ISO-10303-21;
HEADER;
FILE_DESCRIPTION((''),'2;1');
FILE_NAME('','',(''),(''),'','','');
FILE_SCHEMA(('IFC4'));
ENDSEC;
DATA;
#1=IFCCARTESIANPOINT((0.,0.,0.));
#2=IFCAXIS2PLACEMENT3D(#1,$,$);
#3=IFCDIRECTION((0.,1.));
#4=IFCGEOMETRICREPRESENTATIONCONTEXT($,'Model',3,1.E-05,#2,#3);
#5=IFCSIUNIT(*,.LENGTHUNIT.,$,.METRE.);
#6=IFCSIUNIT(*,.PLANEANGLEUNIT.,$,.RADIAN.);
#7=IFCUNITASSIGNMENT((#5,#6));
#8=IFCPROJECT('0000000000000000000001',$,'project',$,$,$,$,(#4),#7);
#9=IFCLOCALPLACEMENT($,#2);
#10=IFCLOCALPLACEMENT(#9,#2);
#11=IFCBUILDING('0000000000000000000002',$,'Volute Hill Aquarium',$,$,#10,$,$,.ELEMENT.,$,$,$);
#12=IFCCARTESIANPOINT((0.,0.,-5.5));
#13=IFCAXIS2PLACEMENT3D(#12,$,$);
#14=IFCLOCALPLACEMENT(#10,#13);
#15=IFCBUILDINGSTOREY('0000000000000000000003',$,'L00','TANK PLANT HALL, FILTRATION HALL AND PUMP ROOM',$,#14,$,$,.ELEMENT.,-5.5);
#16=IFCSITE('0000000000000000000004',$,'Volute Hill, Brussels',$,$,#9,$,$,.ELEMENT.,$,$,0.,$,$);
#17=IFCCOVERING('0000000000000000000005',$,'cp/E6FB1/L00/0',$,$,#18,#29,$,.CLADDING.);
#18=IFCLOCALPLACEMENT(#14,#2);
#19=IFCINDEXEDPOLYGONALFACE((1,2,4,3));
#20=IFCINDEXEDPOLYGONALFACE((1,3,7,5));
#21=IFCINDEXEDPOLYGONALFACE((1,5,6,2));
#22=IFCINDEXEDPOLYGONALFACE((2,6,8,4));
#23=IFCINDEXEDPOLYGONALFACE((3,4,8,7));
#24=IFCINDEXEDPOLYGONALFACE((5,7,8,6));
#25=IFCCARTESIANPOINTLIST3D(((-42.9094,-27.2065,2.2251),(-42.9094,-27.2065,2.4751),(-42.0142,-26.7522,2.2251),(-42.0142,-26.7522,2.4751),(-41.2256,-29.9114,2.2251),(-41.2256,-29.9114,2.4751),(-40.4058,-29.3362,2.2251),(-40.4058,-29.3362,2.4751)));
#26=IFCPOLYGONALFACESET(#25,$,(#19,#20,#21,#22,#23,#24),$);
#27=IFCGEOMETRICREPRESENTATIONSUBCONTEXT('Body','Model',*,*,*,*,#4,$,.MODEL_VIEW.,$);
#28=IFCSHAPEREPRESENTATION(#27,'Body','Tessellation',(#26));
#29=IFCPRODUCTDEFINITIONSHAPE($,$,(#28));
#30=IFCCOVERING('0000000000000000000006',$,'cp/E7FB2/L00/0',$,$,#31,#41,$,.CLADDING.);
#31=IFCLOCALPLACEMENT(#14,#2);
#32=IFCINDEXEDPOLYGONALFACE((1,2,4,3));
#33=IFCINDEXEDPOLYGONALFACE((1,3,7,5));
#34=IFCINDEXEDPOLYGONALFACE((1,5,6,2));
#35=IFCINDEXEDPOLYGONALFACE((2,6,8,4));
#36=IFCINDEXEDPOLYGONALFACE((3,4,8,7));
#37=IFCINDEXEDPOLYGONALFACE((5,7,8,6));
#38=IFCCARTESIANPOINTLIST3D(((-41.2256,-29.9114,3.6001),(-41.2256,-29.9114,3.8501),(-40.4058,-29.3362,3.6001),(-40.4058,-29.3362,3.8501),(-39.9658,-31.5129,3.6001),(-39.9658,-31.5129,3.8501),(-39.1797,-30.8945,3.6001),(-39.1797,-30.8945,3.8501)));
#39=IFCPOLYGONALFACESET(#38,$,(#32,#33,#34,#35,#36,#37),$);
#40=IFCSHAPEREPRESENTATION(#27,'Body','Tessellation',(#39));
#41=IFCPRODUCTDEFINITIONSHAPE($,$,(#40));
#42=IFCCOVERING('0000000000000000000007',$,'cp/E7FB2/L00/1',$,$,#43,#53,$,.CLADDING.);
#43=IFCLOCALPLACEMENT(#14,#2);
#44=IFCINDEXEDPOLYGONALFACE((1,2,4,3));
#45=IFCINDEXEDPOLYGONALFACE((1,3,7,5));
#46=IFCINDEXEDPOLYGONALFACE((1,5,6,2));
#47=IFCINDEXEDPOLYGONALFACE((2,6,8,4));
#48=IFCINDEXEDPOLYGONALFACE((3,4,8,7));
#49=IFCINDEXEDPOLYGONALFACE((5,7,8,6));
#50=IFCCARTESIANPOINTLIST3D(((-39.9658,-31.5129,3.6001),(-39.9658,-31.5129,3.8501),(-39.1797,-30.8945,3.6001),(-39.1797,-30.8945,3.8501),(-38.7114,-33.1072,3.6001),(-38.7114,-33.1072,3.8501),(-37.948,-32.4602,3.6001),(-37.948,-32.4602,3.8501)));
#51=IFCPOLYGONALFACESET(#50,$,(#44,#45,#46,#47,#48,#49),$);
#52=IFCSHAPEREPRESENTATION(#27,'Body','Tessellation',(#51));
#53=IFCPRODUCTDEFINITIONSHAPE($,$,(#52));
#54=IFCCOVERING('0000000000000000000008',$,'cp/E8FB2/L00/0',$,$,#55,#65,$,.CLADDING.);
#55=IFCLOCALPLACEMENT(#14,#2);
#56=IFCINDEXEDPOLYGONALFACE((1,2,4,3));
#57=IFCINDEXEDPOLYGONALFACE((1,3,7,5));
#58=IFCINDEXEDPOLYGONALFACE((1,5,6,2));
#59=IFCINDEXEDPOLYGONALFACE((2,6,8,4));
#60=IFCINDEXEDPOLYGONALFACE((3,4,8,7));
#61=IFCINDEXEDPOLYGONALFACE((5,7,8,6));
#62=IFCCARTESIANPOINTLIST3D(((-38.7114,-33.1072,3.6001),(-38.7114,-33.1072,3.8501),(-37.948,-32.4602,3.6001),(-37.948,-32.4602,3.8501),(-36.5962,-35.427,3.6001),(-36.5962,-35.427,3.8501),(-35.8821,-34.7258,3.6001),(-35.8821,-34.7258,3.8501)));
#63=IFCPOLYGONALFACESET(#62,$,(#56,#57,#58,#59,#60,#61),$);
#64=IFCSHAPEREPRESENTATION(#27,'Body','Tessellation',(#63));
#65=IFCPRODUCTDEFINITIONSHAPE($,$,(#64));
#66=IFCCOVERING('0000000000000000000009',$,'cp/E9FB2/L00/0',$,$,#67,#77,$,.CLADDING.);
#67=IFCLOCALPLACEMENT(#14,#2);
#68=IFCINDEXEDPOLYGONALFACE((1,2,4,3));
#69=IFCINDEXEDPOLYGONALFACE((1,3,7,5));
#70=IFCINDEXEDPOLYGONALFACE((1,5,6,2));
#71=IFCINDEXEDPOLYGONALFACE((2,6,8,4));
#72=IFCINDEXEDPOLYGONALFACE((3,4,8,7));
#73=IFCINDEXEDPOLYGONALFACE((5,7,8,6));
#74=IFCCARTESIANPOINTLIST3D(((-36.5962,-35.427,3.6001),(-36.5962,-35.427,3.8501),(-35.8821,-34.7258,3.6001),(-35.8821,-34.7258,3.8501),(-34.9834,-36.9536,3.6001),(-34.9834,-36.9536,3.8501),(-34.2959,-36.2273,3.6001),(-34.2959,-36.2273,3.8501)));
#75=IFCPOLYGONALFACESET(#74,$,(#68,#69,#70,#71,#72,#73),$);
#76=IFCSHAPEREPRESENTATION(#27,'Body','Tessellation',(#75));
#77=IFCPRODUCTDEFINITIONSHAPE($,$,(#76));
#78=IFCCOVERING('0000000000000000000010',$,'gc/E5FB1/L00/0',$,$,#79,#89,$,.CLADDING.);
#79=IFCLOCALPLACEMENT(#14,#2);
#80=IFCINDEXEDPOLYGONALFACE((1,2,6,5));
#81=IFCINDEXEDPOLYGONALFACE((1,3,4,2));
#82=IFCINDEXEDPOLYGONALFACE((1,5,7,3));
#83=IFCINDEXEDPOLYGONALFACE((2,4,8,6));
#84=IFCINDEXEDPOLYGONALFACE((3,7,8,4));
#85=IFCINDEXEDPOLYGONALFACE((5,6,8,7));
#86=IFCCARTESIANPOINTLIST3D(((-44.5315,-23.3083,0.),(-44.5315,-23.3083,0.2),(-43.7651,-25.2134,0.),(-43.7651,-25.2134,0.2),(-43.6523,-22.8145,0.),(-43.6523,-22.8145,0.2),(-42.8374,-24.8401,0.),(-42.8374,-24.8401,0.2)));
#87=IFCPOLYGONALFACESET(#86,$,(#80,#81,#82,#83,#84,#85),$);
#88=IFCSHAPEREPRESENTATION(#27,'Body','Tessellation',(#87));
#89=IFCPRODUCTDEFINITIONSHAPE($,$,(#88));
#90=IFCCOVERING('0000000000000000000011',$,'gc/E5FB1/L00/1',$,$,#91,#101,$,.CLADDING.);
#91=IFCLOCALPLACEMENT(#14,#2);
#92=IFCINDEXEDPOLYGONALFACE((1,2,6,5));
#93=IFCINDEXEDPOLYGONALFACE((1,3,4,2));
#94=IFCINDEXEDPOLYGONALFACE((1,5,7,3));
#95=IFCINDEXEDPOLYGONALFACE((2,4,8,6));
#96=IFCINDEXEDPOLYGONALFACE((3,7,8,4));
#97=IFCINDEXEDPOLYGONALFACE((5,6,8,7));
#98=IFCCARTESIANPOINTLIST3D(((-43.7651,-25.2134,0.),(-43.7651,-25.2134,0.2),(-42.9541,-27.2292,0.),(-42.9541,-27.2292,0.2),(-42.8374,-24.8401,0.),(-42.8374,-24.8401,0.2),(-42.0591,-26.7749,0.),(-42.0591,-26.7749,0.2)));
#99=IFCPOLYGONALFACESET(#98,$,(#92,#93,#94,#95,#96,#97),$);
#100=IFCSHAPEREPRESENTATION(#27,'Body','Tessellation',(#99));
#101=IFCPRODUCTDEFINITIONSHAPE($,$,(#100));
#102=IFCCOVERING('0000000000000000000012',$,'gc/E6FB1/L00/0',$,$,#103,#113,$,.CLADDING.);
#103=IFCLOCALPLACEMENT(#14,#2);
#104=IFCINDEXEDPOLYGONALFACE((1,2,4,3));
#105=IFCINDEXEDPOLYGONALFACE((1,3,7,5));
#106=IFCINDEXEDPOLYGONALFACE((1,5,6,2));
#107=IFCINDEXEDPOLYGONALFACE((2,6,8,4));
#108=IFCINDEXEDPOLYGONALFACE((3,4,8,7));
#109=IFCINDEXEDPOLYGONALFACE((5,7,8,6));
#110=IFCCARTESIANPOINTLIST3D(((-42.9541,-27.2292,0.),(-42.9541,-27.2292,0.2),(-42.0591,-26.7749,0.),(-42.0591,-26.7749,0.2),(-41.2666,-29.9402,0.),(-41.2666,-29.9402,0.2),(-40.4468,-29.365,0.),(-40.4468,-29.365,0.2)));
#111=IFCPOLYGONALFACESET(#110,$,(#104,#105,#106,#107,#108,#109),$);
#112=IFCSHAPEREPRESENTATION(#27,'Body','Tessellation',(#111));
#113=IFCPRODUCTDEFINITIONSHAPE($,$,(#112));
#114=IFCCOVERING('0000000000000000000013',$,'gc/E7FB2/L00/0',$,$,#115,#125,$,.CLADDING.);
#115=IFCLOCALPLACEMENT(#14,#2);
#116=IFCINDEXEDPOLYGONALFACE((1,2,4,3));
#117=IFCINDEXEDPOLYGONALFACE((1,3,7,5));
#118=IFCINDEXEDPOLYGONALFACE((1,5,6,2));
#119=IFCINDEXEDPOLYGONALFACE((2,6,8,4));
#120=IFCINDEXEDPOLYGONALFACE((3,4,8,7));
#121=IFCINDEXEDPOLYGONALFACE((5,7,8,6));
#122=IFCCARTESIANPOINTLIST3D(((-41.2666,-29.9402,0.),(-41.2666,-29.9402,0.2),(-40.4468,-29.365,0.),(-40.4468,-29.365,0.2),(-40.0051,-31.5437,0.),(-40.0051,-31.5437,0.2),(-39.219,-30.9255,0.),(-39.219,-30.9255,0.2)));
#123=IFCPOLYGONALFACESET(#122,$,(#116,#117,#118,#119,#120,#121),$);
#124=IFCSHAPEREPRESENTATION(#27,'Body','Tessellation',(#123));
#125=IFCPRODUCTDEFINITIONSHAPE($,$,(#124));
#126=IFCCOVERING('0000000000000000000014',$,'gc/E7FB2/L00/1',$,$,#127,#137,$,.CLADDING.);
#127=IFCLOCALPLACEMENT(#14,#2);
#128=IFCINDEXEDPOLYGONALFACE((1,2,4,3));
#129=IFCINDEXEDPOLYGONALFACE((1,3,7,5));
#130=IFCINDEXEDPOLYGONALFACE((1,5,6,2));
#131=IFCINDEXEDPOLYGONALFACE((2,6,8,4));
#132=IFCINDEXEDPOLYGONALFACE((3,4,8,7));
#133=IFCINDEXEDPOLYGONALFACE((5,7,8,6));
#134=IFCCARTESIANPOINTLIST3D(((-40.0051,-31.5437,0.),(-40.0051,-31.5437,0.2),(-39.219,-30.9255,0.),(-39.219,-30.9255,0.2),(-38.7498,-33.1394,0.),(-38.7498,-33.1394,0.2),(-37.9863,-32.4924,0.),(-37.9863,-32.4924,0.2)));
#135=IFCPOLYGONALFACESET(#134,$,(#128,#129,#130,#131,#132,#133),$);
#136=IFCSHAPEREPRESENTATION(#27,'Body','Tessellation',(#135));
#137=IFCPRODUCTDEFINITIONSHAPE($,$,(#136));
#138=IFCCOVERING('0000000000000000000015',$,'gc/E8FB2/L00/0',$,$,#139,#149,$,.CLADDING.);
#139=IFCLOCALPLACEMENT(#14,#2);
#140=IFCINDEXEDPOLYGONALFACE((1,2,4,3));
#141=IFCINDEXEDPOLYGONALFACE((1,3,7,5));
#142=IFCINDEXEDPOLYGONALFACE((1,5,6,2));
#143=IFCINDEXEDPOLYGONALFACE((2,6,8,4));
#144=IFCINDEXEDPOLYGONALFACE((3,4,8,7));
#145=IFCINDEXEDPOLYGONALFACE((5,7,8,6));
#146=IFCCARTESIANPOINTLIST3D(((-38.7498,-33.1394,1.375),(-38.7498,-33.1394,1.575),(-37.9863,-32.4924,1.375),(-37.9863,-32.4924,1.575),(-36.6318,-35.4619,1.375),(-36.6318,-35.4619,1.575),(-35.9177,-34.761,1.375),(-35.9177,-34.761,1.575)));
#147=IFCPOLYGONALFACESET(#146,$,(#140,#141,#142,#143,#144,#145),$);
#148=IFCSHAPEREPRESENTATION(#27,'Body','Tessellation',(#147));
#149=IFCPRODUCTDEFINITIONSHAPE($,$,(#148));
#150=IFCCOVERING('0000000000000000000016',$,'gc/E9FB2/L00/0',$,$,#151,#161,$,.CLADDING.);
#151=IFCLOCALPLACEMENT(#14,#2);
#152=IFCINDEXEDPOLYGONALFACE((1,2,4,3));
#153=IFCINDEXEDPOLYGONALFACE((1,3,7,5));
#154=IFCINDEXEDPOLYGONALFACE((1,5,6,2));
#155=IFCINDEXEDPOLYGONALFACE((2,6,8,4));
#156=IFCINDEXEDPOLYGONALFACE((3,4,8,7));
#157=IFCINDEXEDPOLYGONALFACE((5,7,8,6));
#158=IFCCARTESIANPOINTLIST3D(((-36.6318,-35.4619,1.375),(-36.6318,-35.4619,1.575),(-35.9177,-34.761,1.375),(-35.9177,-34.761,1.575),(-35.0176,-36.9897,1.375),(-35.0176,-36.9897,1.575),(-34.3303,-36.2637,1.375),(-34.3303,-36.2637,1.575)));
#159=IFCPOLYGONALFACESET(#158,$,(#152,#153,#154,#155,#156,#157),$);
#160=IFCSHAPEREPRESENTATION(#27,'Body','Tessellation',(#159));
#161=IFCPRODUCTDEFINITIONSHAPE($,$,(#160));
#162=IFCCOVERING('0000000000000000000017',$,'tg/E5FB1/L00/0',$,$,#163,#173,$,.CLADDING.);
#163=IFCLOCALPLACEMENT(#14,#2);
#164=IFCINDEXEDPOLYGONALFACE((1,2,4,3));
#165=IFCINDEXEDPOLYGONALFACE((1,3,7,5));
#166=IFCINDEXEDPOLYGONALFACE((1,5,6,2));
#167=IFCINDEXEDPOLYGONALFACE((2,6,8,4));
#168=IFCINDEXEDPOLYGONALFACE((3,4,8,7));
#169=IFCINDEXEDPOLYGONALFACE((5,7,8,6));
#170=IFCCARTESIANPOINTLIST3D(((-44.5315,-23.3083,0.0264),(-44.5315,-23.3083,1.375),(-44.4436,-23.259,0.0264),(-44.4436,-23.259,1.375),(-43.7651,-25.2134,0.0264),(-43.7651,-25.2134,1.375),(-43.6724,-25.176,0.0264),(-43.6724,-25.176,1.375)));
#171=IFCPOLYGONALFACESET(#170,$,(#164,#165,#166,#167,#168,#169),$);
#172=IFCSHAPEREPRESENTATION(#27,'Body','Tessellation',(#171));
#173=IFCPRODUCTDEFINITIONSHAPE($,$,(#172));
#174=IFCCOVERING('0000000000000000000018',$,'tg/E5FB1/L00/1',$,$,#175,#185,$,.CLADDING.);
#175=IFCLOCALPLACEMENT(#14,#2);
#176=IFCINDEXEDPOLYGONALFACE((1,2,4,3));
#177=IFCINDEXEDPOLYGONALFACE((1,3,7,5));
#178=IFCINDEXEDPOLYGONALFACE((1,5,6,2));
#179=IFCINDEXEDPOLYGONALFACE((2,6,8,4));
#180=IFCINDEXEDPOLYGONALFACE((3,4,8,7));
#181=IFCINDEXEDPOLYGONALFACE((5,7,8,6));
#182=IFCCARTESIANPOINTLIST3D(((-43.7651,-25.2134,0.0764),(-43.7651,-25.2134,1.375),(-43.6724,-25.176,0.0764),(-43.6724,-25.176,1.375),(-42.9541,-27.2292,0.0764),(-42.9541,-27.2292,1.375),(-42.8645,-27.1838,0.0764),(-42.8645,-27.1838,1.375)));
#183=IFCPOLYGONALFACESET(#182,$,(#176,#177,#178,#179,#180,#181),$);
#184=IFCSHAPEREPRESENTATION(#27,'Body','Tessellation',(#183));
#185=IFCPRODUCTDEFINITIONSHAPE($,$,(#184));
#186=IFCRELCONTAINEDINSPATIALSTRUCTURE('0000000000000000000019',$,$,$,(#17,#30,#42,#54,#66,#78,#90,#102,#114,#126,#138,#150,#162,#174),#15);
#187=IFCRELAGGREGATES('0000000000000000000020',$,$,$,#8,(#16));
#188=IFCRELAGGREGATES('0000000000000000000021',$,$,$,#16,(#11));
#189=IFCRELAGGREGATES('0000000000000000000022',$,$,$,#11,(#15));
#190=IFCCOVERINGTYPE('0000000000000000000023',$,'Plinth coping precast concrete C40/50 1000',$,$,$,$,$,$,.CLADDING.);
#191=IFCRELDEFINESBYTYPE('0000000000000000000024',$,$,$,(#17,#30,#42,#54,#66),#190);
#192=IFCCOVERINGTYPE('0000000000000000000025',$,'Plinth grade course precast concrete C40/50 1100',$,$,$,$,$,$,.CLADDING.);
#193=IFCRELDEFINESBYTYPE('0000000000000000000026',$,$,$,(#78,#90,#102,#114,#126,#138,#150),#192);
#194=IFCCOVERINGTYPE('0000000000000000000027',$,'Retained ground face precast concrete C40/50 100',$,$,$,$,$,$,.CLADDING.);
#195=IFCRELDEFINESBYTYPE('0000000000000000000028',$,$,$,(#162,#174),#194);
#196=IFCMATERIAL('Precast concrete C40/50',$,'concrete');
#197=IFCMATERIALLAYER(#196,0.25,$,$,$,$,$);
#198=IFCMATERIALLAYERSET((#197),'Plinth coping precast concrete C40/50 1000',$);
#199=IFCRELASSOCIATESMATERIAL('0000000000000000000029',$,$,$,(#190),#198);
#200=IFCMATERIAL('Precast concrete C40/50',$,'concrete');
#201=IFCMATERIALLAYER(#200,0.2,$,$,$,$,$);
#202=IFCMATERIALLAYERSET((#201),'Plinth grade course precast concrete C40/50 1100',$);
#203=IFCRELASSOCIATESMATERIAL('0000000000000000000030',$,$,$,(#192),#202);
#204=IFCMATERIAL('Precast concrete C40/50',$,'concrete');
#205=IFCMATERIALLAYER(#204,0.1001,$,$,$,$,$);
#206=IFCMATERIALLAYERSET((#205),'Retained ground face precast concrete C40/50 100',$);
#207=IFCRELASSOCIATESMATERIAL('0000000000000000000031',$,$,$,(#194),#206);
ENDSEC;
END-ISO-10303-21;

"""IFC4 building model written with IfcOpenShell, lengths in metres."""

from ifc_helpers import new_model, si_unit, direction, frame, origin, place, context, subcontext, project, spatial, polyline, outline, extrude, material, layer, layer_set, type_object, element, save


model = new_model("IFC4")

# Units and contexts
model_context = context("Model", 3, precision=1e-05, world=origin(), true_north=direction((0.0, 1.0)))
body_context = subcontext(model_context, "Body", "Model", "MODEL_VIEW")
ifc_project = project(units=[si_unit("LENGTHUNIT", "METRE"), si_unit("PLANEANGLEUNIT", "RADIAN")], contexts=[model_context])

# Site, building, storey
site_placement = place(None, origin())
site = spatial("IfcSite", under=ifc_project, at=site_placement, Name="Volute Hill, Brussels", CompositionType="ELEMENT", RefElevation=0.0)
building_placement = place(site_placement, origin())
building = spatial("IfcBuilding", under=site, at=building_placement, Name="Volute Hill Aquarium", CompositionType="ELEMENT")
storey_placement = place(building_placement, frame((0.0, 0.0, -5.5)))
storey = spatial("IfcBuildingStorey", under=building, at=storey_placement, Name="L00", Description="TANK PLANT HALL, FILTRATION HALL AND PUMP ROOM", CompositionType="ELEMENT", Elevation=-5.5)

# Coverings
ifc_material_1 = material(Name="Precast concrete C40/50", Category="concrete")
ifc_layer_1 = layer(ifc_material_1, 0.25)
ifc_layer_set_1 = layer_set([ifc_layer_1], Name="Plinth coping precast concrete C40/50 1000")
covering_type_1 = type_object("IfcCoveringType", Name="Plinth coping precast concrete C40/50 1000", PredefinedType="CLADDING", material=ifc_layer_set_1)
covering_1_placement = place(storey_placement, frame((0.0, 0.0, 2.2251)))
element("IfcCovering", 1, at=covering_1_placement, inside=storey, type_object=covering_type_1, Name="cp/E6FB1/L00/0", PredefinedType="CLADDING", context=body_context, shape_type="SweptSolid", body=[
    extrude(outline(polyline([(-42.9094, -27.2065), (-41.2256, -29.9114), (-40.4058, -29.3362), (-42.0142, -26.7522), (-42.0142, -26.7522), (-42.9094, -27.2065), (-42.9094, -27.2065)])), origin(), (0.0, 0.0, 1.0), 0.25),
])
covering_2_placement = place(storey_placement, frame((0.0, 0.0, 3.6001)))
element("IfcCovering", 2, at=covering_2_placement, inside=storey, type_object=covering_type_1, Name="cp/E7FB2/L00/0", PredefinedType="CLADDING", context=body_context, shape_type="SweptSolid", body=[
    extrude(outline(polyline([(-41.2256, -29.9114), (-39.9658, -31.5129), (-39.1797, -30.8945), (-40.4058, -29.3362), (-40.4058, -29.3362), (-41.2256, -29.9114)])), origin(), (0.0, 0.0, 1.0), 0.25),
])
covering_3_placement = place(storey_placement, frame((0.0, 0.0, 3.6001)))
element("IfcCovering", 3, at=covering_3_placement, inside=storey, type_object=covering_type_1, Name="cp/E7FB2/L00/1", PredefinedType="CLADDING", context=body_context, shape_type="SweptSolid", body=[
    extrude(outline(polyline([(-39.9658, -31.5129), (-38.7114, -33.1072), (-37.948, -32.4602), (-37.948, -32.4602), (-39.1797, -30.8945), (-39.9658, -31.5129)])), origin(), (0.0, 0.0, 1.0), 0.25),
])
covering_4_placement = place(storey_placement, frame((0.0, 0.0, 3.6001)))
element("IfcCovering", 4, at=covering_4_placement, inside=storey, type_object=covering_type_1, Name="cp/E8FB2/L00/0", PredefinedType="CLADDING", context=body_context, shape_type="SweptSolid", body=[
    extrude(outline(polyline([(-36.5962, -35.427), (-36.5962, -35.427), (-35.8821, -34.7258), (-37.948, -32.4602), (-38.7114, -33.1072), (-38.7114, -33.1072), (-36.5962, -35.427)])), origin(), (0.0, 0.0, 1.0), 0.25),
])
covering_5_placement = place(storey_placement, frame((0.0, 0.0, 3.6001)))
element("IfcCovering", 5, at=covering_5_placement, inside=storey, type_object=covering_type_1, Name="cp/E9FB2/L00/0", PredefinedType="CLADDING", context=body_context, shape_type="SweptSolid", body=[
    extrude(outline(polyline([(-36.5962, -35.427), (-34.9834, -36.9536), (-34.2959, -36.2273), (-35.8821, -34.7258), (-35.8821, -34.7258), (-36.5962, -35.427)])), origin(), (0.0, 0.0, 1.0), 0.25),
])
ifc_material_2 = material(Name="Precast concrete C40/50", Category="concrete")
ifc_layer_2 = layer(ifc_material_2, 0.2)
ifc_layer_set_2 = layer_set([ifc_layer_2], Name="Plinth grade course precast concrete C40/50 1100")
covering_type_2 = type_object("IfcCoveringType", Name="Plinth grade course precast concrete C40/50 1100", PredefinedType="CLADDING", material=ifc_layer_set_2)
covering_6_placement = place(storey_placement, origin())
element("IfcCovering", 6, at=covering_6_placement, inside=storey, type_object=covering_type_2, Name="gc/E5FB1/L00/0", PredefinedType="CLADDING", context=body_context, shape_type="SweptSolid", body=[
    extrude(outline(polyline([(-44.5315, -23.3083), (-43.7651, -25.2134), (-42.8374, -24.8401), (-43.6523, -22.8145), (-44.5315, -23.3083), (-44.5315, -23.3083)])), origin(), (0.0, 0.0, 1.0), 0.2),
])
covering_7_placement = place(storey_placement, origin())
element("IfcCovering", 7, at=covering_7_placement, inside=storey, type_object=covering_type_2, Name="gc/E5FB1/L00/1", PredefinedType="CLADDING", context=body_context, shape_type="SweptSolid", body=[
    extrude(outline(polyline([(-43.7651, -25.2134), (-42.9541, -27.2292), (-42.0591, -26.7749), (-42.8374, -24.8401), (-43.7651, -25.2134)])), origin(), (0.0, 0.0, 1.0), 0.2),
])
covering_8_placement = place(storey_placement, origin())
element("IfcCovering", 8, at=covering_8_placement, inside=storey, type_object=covering_type_2, Name="gc/E6FB1/L00/0", PredefinedType="CLADDING", context=body_context, shape_type="SweptSolid", body=[
    extrude(outline(polyline([(-42.9541, -27.2292), (-41.2666, -29.9402), (-40.4468, -29.365), (-42.0591, -26.7749), (-42.0591, -26.7749), (-42.9541, -27.2292), (-42.9541, -27.2292)])), origin(), (0.0, 0.0, 1.0), 0.2),
])
covering_9_placement = place(storey_placement, origin())
element("IfcCovering", 9, at=covering_9_placement, inside=storey, type_object=covering_type_2, Name="gc/E7FB2/L00/0", PredefinedType="CLADDING", context=body_context, shape_type="SweptSolid", body=[
    extrude(outline(polyline([(-41.2666, -29.9402), (-40.0051, -31.5437), (-39.219, -30.9255), (-40.4468, -29.365), (-40.4468, -29.365), (-41.2666, -29.9402)])), origin(), (0.0, 0.0, 1.0), 0.2),
])
covering_10_placement = place(storey_placement, origin())
element("IfcCovering", 10, at=covering_10_placement, inside=storey, type_object=covering_type_2, Name="gc/E7FB2/L00/1", PredefinedType="CLADDING", context=body_context, shape_type="SweptSolid", body=[
    extrude(outline(polyline([(-40.0051, -31.5437), (-38.7498, -33.1394), (-37.9863, -32.4924), (-39.219, -30.9255), (-40.0051, -31.5437)])), origin(), (0.0, 0.0, 1.0), 0.2),
])
covering_11_placement = place(storey_placement, frame((0.0, 0.0, 1.375)))
element("IfcCovering", 11, at=covering_11_placement, inside=storey, type_object=covering_type_2, Name="gc/E8FB2/L00/0", PredefinedType="CLADDING", context=body_context, shape_type="SweptSolid", body=[
    extrude(outline(polyline([(-36.6318, -35.4619), (-36.6318, -35.4619), (-35.9177, -34.761), (-35.9177, -34.761), (-37.9863, -32.4924), (-38.7498, -33.1394), (-38.7498, -33.1394), (-36.6318, -35.4619)])), origin(), (0.0, 0.0, 1.0), 0.2),
])
covering_12_placement = place(storey_placement, frame((0.0, 0.0, 1.375)))
element("IfcCovering", 12, at=covering_12_placement, inside=storey, type_object=covering_type_2, Name="gc/E9FB2/L00/0", PredefinedType="CLADDING", context=body_context, shape_type="SweptSolid", body=[
    extrude(outline(polyline([(-36.6318, -35.4619), (-35.0176, -36.9897), (-34.3303, -36.2637), (-35.9177, -34.761), (-36.6318, -35.4619)])), origin(), (0.0, 0.0, 1.0), 0.2),
])
ifc_material_3 = material(Name="Precast concrete C40/50", Category="concrete")
ifc_layer_3 = layer(ifc_material_3, 0.1001)
ifc_layer_set_3 = layer_set([ifc_layer_3], Name="Retained ground face precast concrete C40/50 100")
covering_type_3 = type_object("IfcCoveringType", Name="Retained ground face precast concrete C40/50 100", PredefinedType="CLADDING", material=ifc_layer_set_3)
covering_13_placement = place(storey_placement, frame((0.0, 0.0, 0.0264)))
element("IfcCovering", 13, at=covering_13_placement, inside=storey, type_object=covering_type_3, Name="tg/E5FB1/L00/0", PredefinedType="CLADDING", context=body_context, shape_type="SweptSolid", body=[
    extrude(outline(polyline([(-44.5315, -23.3083), (-43.7651, -25.2134), (-43.6724, -25.176), (-44.4436, -23.259), (-44.5315, -23.3083), (-44.5315, -23.3083)])), origin(), (0.0, 0.0, 1.0), 1.3486),
])
covering_14_placement = place(storey_placement, frame((0.0, 0.0, 0.0764)))
element("IfcCovering", 14, at=covering_14_placement, inside=storey, type_object=covering_type_3, Name="tg/E5FB1/L00/1", PredefinedType="CLADDING", context=body_context, shape_type="SweptSolid", body=[
    extrude(outline(polyline([(-43.7651, -25.2134), (-42.9541, -27.2292), (-42.8645, -27.1838), (-43.6724, -25.176), (-43.7651, -25.2134)])), origin(), (0.0, 0.0, 1.0), 1.2986),
])

save(model, "model.ifc")
